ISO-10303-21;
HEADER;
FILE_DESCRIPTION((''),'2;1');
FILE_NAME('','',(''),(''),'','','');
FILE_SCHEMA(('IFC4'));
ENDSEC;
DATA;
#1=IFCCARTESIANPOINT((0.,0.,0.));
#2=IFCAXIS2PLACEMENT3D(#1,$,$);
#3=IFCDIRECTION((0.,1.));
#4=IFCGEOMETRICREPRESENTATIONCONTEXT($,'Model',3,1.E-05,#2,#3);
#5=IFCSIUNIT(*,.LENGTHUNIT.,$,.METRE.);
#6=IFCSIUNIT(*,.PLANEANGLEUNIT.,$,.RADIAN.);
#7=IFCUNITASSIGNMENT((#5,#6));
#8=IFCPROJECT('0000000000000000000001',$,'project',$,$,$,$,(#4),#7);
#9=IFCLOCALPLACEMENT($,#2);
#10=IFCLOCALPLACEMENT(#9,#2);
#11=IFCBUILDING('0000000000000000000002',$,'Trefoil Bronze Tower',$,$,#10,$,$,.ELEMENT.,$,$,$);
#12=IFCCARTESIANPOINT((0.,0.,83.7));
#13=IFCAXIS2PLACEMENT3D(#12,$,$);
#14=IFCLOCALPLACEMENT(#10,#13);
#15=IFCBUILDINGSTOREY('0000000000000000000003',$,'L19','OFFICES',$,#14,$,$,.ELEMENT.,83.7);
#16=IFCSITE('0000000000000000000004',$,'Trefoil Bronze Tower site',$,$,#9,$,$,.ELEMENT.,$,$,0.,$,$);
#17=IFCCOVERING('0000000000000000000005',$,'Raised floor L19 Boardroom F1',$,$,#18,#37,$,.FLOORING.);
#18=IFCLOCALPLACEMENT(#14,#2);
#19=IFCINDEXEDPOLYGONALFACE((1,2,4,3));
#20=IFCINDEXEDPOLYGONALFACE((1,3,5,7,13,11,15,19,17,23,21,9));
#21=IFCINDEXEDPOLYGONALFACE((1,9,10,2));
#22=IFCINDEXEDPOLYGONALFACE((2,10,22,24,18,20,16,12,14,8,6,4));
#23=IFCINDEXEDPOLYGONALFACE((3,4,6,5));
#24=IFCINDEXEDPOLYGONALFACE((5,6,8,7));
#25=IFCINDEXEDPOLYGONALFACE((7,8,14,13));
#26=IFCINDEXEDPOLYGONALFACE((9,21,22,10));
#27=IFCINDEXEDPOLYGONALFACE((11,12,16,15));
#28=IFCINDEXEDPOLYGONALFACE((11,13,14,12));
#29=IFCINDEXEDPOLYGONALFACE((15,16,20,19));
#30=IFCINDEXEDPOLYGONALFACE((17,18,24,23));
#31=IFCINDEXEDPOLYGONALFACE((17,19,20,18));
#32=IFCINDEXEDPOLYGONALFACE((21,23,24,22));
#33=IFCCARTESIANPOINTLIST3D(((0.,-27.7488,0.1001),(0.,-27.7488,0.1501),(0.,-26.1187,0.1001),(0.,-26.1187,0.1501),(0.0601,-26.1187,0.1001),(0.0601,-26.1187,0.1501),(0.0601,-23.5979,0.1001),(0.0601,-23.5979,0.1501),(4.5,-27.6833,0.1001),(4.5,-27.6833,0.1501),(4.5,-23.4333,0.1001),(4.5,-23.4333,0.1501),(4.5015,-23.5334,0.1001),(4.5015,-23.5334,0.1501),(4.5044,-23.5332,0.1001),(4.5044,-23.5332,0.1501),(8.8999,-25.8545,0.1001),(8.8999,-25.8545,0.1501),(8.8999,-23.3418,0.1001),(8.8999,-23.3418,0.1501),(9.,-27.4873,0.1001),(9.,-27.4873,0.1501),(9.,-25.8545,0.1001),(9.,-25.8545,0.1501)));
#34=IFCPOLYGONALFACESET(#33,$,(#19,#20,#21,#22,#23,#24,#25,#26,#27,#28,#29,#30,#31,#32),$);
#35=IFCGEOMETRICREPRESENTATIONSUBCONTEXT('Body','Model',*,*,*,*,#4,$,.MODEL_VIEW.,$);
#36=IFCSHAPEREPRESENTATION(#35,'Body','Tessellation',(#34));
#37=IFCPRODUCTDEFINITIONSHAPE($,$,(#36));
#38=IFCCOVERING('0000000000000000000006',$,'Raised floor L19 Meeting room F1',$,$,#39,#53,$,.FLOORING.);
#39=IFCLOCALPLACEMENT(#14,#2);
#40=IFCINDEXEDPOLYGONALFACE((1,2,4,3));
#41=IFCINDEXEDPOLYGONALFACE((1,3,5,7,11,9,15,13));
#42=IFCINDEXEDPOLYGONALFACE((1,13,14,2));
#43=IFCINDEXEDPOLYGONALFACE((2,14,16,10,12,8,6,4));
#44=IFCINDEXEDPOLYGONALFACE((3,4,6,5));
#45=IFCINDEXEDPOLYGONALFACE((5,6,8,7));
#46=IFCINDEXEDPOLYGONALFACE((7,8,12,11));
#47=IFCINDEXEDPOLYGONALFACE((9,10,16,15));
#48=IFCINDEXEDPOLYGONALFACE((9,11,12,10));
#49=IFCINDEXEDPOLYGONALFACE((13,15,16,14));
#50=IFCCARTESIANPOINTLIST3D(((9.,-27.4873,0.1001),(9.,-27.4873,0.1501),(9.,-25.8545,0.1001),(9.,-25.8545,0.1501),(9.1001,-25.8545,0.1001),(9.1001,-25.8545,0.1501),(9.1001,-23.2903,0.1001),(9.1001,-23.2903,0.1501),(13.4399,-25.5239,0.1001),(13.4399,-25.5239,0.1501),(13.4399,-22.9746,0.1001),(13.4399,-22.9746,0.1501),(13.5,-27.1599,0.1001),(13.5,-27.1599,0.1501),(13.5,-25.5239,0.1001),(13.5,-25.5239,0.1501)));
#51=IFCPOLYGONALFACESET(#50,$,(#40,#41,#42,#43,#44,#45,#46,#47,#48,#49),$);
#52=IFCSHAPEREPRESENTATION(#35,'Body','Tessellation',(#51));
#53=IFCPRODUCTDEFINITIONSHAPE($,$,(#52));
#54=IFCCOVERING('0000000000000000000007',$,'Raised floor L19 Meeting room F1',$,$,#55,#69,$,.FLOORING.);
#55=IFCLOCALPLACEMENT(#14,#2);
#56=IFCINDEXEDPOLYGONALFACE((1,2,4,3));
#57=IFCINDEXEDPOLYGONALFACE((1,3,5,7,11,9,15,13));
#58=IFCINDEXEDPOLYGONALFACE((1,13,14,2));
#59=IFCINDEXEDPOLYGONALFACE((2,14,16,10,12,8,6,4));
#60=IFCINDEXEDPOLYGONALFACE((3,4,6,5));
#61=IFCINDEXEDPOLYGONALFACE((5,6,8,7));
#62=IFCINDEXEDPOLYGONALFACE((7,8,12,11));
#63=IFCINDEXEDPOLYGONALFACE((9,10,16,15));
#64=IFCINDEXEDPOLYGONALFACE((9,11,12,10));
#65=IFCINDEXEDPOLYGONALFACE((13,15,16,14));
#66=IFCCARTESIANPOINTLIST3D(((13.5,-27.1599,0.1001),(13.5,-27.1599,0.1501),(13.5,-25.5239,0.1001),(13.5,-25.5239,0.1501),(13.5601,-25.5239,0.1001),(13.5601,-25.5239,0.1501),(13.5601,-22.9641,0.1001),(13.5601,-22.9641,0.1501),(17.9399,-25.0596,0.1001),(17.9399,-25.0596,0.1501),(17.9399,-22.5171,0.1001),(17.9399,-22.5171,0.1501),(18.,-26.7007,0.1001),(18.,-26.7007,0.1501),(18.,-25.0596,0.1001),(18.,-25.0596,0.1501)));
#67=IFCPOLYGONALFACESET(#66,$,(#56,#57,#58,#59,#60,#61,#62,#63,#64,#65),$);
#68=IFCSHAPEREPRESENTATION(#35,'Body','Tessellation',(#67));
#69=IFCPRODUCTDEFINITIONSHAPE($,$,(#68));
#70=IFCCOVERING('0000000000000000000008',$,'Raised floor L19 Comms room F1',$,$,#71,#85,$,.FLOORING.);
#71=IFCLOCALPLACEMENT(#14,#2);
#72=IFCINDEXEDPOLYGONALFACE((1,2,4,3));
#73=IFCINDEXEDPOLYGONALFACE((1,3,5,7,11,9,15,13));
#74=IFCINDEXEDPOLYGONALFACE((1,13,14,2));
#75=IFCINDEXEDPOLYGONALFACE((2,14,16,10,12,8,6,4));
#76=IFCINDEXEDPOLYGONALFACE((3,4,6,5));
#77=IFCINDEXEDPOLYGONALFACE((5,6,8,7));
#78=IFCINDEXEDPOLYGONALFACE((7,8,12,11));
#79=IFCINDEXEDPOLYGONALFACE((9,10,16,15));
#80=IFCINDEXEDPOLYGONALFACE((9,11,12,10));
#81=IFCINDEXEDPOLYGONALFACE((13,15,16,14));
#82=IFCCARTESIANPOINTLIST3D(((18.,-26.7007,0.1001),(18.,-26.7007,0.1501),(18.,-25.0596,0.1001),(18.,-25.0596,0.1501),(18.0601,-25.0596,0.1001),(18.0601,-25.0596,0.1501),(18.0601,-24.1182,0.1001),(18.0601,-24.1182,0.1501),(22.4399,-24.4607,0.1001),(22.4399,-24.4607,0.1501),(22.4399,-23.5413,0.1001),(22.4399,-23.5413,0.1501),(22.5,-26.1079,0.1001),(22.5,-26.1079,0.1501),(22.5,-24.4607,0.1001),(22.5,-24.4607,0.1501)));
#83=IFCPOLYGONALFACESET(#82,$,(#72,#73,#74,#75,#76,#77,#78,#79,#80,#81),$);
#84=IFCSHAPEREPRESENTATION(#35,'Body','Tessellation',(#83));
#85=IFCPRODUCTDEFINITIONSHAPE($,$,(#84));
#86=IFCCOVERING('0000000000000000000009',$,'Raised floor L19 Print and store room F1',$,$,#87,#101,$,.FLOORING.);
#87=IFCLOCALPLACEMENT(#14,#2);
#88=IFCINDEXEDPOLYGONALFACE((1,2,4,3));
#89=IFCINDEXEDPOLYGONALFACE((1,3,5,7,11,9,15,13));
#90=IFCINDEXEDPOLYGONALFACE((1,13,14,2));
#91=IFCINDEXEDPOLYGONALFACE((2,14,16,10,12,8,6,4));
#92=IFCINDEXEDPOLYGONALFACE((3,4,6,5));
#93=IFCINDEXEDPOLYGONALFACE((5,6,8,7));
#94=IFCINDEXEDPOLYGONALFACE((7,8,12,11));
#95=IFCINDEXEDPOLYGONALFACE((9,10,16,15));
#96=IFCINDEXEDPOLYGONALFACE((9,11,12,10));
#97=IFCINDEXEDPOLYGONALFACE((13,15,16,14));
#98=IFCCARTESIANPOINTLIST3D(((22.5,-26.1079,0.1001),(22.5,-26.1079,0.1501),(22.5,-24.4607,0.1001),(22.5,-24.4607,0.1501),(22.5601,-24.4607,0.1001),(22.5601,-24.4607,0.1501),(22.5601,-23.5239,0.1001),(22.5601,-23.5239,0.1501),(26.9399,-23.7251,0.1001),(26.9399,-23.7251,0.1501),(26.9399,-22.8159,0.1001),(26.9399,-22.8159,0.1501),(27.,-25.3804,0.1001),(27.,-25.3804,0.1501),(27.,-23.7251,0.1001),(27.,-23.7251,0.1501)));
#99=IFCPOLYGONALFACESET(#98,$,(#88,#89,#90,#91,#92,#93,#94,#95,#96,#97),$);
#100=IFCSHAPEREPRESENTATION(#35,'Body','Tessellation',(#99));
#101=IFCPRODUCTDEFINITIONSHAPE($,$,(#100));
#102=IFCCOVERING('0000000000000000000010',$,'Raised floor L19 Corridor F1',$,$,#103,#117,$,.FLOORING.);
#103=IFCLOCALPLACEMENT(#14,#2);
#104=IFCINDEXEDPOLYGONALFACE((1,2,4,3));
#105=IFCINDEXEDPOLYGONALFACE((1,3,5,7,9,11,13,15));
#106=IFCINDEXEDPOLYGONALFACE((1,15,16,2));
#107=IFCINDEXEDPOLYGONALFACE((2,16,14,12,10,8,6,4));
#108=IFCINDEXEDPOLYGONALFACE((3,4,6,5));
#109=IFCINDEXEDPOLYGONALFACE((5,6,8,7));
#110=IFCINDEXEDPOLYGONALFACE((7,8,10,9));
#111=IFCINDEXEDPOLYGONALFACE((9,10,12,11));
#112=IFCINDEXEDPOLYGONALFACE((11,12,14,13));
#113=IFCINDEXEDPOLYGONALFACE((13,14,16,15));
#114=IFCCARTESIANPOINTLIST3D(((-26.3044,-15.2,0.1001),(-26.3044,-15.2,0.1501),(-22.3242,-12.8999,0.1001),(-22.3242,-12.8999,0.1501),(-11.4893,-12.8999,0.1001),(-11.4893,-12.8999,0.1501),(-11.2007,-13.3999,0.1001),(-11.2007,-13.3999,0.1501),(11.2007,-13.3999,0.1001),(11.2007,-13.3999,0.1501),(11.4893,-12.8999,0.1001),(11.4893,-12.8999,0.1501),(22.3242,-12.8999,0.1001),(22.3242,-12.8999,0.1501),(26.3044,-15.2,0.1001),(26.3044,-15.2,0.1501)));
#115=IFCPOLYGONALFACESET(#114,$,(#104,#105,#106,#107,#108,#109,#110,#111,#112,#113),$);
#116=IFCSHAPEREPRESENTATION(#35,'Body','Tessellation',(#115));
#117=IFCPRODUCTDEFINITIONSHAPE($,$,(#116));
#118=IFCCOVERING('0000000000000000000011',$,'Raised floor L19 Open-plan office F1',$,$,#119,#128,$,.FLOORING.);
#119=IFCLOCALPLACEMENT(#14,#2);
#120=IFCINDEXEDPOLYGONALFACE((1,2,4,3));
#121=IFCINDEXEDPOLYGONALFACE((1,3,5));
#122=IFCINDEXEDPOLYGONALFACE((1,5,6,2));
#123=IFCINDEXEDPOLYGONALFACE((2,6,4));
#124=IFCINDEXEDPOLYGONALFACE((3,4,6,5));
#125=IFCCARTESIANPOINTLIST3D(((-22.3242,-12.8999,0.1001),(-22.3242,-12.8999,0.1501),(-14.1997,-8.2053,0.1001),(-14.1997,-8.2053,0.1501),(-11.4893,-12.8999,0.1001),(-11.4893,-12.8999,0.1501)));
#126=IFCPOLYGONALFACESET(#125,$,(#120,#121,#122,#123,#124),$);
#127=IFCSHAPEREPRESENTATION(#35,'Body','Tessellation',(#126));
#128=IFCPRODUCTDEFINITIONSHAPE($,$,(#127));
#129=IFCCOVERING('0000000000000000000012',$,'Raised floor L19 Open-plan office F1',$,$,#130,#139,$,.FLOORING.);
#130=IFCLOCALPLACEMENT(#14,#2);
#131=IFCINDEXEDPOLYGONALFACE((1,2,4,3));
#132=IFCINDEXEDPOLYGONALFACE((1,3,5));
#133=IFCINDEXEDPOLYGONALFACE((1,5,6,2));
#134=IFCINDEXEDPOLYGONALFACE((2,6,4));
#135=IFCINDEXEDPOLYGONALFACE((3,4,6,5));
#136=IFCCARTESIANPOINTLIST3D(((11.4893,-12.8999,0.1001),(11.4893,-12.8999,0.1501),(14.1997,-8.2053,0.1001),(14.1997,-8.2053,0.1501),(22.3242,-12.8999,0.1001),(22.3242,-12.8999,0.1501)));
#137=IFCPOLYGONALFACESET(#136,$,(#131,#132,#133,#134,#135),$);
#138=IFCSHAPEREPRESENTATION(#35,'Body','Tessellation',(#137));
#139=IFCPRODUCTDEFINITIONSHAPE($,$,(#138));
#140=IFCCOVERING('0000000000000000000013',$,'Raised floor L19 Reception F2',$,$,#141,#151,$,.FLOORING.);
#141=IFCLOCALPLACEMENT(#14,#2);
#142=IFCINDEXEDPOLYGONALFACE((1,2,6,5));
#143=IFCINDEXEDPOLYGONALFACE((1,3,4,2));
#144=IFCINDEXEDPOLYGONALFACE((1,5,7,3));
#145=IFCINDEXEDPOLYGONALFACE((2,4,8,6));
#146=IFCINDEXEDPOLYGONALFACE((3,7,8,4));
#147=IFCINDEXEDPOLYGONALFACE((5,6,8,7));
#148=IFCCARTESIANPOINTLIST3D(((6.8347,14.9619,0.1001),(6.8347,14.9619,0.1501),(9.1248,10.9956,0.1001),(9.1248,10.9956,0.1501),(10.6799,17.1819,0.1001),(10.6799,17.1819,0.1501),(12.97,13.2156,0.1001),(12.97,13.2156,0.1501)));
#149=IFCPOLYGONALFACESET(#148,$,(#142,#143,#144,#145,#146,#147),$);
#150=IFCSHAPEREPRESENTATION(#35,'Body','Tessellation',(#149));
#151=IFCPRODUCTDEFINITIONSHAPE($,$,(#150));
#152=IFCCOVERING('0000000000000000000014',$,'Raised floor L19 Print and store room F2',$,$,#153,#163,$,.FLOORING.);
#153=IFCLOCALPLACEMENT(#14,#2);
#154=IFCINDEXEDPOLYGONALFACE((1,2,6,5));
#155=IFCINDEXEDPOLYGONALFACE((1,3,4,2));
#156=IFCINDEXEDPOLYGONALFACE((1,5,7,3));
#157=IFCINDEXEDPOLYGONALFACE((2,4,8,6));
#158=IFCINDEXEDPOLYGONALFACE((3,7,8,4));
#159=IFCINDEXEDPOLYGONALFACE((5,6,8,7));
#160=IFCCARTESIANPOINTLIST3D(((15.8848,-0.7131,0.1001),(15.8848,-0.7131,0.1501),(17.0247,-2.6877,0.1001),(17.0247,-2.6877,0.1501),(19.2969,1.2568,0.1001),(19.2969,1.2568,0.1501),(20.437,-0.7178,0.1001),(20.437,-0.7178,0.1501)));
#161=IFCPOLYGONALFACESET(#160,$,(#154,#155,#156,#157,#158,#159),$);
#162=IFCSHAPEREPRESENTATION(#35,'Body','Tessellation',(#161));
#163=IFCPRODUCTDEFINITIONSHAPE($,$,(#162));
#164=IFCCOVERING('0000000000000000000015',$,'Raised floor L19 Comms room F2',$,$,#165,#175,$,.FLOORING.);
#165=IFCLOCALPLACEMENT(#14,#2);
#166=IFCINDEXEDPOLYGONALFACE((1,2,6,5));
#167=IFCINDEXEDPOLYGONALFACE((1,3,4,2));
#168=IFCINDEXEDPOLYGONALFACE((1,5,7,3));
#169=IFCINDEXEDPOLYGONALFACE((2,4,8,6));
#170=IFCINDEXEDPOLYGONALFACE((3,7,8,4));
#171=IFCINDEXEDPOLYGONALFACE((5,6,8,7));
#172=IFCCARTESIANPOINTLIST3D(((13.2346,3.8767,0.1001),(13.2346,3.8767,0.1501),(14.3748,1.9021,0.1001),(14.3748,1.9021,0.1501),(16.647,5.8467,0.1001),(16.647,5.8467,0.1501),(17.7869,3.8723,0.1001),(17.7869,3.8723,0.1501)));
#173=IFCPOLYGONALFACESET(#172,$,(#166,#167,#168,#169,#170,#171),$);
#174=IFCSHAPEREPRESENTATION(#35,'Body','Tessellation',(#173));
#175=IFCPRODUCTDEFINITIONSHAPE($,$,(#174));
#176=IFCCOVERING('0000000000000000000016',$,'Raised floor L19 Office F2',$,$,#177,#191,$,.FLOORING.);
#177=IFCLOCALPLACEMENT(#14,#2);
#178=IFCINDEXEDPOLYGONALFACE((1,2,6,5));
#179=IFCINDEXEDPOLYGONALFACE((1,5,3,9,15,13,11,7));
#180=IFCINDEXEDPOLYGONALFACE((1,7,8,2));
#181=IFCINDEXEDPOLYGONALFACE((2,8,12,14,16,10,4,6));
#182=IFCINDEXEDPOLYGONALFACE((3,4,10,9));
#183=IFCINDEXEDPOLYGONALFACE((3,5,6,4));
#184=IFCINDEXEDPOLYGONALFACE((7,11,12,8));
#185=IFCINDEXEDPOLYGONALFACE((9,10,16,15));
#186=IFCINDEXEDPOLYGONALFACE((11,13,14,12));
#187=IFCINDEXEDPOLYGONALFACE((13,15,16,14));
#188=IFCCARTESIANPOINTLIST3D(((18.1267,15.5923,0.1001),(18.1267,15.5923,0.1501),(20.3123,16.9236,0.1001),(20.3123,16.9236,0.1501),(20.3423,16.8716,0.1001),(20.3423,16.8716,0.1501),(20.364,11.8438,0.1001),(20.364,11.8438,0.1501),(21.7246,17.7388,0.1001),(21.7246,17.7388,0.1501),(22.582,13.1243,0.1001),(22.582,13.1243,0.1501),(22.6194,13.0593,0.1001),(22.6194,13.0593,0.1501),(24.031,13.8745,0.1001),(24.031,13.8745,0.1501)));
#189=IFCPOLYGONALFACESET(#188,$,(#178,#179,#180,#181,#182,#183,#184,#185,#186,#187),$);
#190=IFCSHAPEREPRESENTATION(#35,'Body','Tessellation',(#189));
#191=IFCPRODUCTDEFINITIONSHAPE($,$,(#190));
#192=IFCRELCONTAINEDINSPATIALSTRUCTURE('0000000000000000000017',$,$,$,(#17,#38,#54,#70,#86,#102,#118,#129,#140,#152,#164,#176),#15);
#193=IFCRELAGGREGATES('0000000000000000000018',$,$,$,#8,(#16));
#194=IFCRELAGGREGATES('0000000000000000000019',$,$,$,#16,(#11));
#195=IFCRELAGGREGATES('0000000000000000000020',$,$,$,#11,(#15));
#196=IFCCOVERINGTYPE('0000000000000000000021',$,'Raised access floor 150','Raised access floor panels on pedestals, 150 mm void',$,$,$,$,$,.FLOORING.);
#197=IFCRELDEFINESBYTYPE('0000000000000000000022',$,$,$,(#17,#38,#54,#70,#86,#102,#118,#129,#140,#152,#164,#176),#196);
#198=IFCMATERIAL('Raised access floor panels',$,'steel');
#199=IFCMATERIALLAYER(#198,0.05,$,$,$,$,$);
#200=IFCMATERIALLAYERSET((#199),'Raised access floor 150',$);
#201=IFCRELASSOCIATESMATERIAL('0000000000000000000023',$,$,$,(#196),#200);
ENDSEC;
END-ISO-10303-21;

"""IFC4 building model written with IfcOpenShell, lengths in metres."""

from ifc_helpers import new_model, si_unit, direction, frame, origin, place, context, subcontext, project, spatial, polyline, outline, extrude, material, layer, layer_set, type_object, element, save


model = new_model("IFC4")

# Units and contexts
model_context = context("Model", 3, precision=1e-05, world=origin(), true_north=direction((0.0, 1.0)))
body_context = subcontext(model_context, "Body", "Model", "MODEL_VIEW")
ifc_project = project(units=[si_unit("LENGTHUNIT", "METRE"), si_unit("PLANEANGLEUNIT", "RADIAN")], contexts=[model_context])

# Site, building, storey
site_placement = place(None, origin())
site = spatial("IfcSite", under=ifc_project, at=site_placement, Name="Trefoil Bronze Tower site", CompositionType="ELEMENT", RefElevation=0.0)
building_placement = place(site_placement, origin())
building = spatial("IfcBuilding", under=site, at=building_placement, Name="Trefoil Bronze Tower", CompositionType="ELEMENT")
storey_placement = place(building_placement, frame((0.0, 0.0, 83.7)))
storey = spatial("IfcBuildingStorey", under=building, at=storey_placement, Name="L19", Description="OFFICES", CompositionType="ELEMENT", Elevation=83.7)

# Coverings
ifc_material_1 = material(Name="Raised access floor panels", Category="steel")
ifc_layer_1 = layer(ifc_material_1, 0.05)
ifc_layer_set_1 = layer_set([ifc_layer_1], Name="Raised access floor 150")
covering_type_1 = type_object("IfcCoveringType", Name="Raised access floor 150", Description="Raised access floor panels on pedestals, 150 mm void", PredefinedType="FLOORING", material=ifc_layer_set_1)
covering_1_placement = place(storey_placement, frame((0.0, 0.0, 0.1001)))
element("IfcCovering", 1, at=covering_1_placement, inside=storey, type_object=covering_type_1, Name="Raised floor L19 Boardroom F1", PredefinedType="FLOORING", context=body_context, shape_type="SweptSolid", body=[
    extrude(outline(polyline([(4.5, -27.6833), (0.0, -27.7488), (0.0, -26.1187), (0.0601, -26.1187), (0.0601, -23.5979), (4.5015, -23.5334), (4.5, -23.4333), (4.5044, -23.5332), (8.8999, -23.3418), (8.8999, -25.8545), (9.0, -25.8545), (9.0, -27.4873), (4.5, -27.6833)])), origin(), (0.0, 0.0, 1.0), 0.05),
])
covering_2_placement = place(storey_placement, frame((0.0, 0.0, 0.1001)))
element("IfcCovering", 2, at=covering_2_placement, inside=storey, type_object=covering_type_1, Name="Raised floor L19 Meeting room F1", PredefinedType="FLOORING", context=body_context, shape_type="SweptSolid", body=[
    extrude(outline(polyline([(13.5, -27.1599), (9.0, -27.4873), (9.0, -25.8545), (9.1001, -25.8545), (9.1001, -23.2903), (13.4399, -22.9746), (13.4399, -25.5239), (13.5, -25.5239), (13.5, -27.1599)])), origin(), (0.0, 0.0, 1.0), 0.05),
])
covering_3_placement = place(storey_placement, frame((0.0, 0.0, 0.1001)))
element("IfcCovering", 3, at=covering_3_placement, inside=storey, type_object=covering_type_1, Name="Raised floor L19 Meeting room F1", PredefinedType="FLOORING", context=body_context, shape_type="SweptSolid", body=[
    extrude(outline(polyline([(18.0, -26.7007), (13.5, -27.1599), (13.5, -25.5239), (13.5601, -25.5239), (13.5601, -22.9641), (17.9399, -22.5171), (17.9399, -25.0596), (18.0, -25.0596), (18.0, -26.7007)])), origin(), (0.0, 0.0, 1.0), 0.05),
])
covering_4_placement = place(storey_placement, frame((0.0, 0.0, 0.1001)))
element("IfcCovering", 4, at=covering_4_placement, inside=storey, type_object=covering_type_1, Name="Raised floor L19 Comms room F1", PredefinedType="FLOORING", context=body_context, shape_type="SweptSolid", body=[
    extrude(outline(polyline([(22.5, -26.1079), (18.0, -26.7007), (18.0, -25.0596), (18.0601, -25.0596), (18.0601, -24.1182), (22.4399, -23.5413), (22.4399, -24.4607), (22.5, -24.4607), (22.5, -26.1079)])), origin(), (0.0, 0.0, 1.0), 0.05),
])
covering_5_placement = place(storey_placement, frame((0.0, 0.0, 0.1001)))
element("IfcCovering", 5, at=covering_5_placement, inside=storey, type_object=covering_type_1, Name="Raised floor L19 Print and store room F1", PredefinedType="FLOORING", context=body_context, shape_type="SweptSolid", body=[
    extrude(outline(polyline([(27.0, -25.3804), (22.5, -26.1079), (22.5, -24.4607), (22.5601, -24.4607), (22.5601, -23.5239), (26.9399, -22.8159), (26.9399, -23.7251), (27.0, -23.7251), (27.0, -25.3804)])), origin(), (0.0, 0.0, 1.0), 0.05),
])
covering_6_placement = place(storey_placement, frame((0.0, 0.0, 0.1001)))
element("IfcCovering", 6, at=covering_6_placement, inside=storey, type_object=covering_type_1, Name="Raised floor L19 Corridor F1", PredefinedType="FLOORING", context=body_context, shape_type="SweptSolid", body=[
    extrude(outline(polyline([(-26.3044, -15.2), (-22.3242, -12.8999), (-11.4893, -12.8999), (-11.2007, -13.3999), (11.2007, -13.3999), (11.4893, -12.8999), (22.3242, -12.8999), (26.3044, -15.2), (-26.3044, -15.2)])), origin(), (0.0, 0.0, 1.0), 0.05),
])
covering_7_placement = place(storey_placement, frame((0.0, 0.0, 0.1001)))
element("IfcCovering", 7, at=covering_7_placement, inside=storey, type_object=covering_type_1, Name="Raised floor L19 Open-plan office F1", PredefinedType="FLOORING", context=body_context, shape_type="SweptSolid", body=[
    extrude(outline(polyline([(-22.3242, -12.8999), (-14.1997, -8.2053), (-11.4893, -12.8999), (-22.3242, -12.8999)])), origin(), (0.0, 0.0, 1.0), 0.05),
])
covering_8_placement = place(storey_placement, frame((0.0, 0.0, 0.1001)))
element("IfcCovering", 8, at=covering_8_placement, inside=storey, type_object=covering_type_1, Name="Raised floor L19 Open-plan office F1", PredefinedType="FLOORING", context=body_context, shape_type="SweptSolid", body=[
    extrude(outline(polyline([(14.1997, -8.2053), (22.3242, -12.8999), (11.4893, -12.8999), (14.1997, -8.2053)])), origin(), (0.0, 0.0, 1.0), 0.05),
])
covering_9_placement = place(storey_placement, frame((0.0, 0.0, 0.1001)))
element("IfcCovering", 9, at=covering_9_placement, inside=storey, type_object=covering_type_1, Name="Raised floor L19 Reception F2", PredefinedType="FLOORING", context=body_context, shape_type="SweptSolid", body=[
    extrude(outline(polyline([(6.8347, 14.9619), (10.6799, 17.1819), (12.97, 13.2156), (9.1248, 10.9956), (6.8347, 14.9619)])), origin(), (0.0, 0.0, 1.0), 0.05),
])
covering_10_placement = place(storey_placement, frame((0.0, 0.0, 0.1001)))
element("IfcCovering", 10, at=covering_10_placement, inside=storey, type_object=covering_type_1, Name="Raised floor L19 Print and store room F2", PredefinedType="FLOORING", context=body_context, shape_type="SweptSolid", body=[
    extrude(outline(polyline([(15.8848, -0.7131), (19.2969, 1.2568), (20.437, -0.7178), (17.0247, -2.6877), (15.8848, -0.7131)])), origin(), (0.0, 0.0, 1.0), 0.05),
])
covering_11_placement = place(storey_placement, frame((0.0, 0.0, 0.1001)))
element("IfcCovering", 11, at=covering_11_placement, inside=storey, type_object=covering_type_1, Name="Raised floor L19 Comms room F2", PredefinedType="FLOORING", context=body_context, shape_type="SweptSolid", body=[
    extrude(outline(polyline([(13.2346, 3.8767), (16.647, 5.8467), (17.7869, 3.8723), (14.3748, 1.9021), (13.2346, 3.8767)])), origin(), (0.0, 0.0, 1.0), 0.05),
])
covering_12_placement = place(storey_placement, frame((0.0, 0.0, 0.1001)))
element("IfcCovering", 12, at=covering_12_placement, inside=storey, type_object=covering_type_1, Name="Raised floor L19 Office F2", PredefinedType="FLOORING", context=body_context, shape_type="SweptSolid", body=[
    extrude(outline(polyline([(21.7246, 17.7388), (24.031, 13.8745), (22.6194, 13.0593), (22.582, 13.1243), (20.364, 11.8438), (18.1267, 15.5923), (20.3423, 16.8716), (20.3123, 16.9236), (21.7246, 17.7388)])), origin(), (0.0, 0.0, 1.0), 0.05),
])

save(model, "model.ifc")
